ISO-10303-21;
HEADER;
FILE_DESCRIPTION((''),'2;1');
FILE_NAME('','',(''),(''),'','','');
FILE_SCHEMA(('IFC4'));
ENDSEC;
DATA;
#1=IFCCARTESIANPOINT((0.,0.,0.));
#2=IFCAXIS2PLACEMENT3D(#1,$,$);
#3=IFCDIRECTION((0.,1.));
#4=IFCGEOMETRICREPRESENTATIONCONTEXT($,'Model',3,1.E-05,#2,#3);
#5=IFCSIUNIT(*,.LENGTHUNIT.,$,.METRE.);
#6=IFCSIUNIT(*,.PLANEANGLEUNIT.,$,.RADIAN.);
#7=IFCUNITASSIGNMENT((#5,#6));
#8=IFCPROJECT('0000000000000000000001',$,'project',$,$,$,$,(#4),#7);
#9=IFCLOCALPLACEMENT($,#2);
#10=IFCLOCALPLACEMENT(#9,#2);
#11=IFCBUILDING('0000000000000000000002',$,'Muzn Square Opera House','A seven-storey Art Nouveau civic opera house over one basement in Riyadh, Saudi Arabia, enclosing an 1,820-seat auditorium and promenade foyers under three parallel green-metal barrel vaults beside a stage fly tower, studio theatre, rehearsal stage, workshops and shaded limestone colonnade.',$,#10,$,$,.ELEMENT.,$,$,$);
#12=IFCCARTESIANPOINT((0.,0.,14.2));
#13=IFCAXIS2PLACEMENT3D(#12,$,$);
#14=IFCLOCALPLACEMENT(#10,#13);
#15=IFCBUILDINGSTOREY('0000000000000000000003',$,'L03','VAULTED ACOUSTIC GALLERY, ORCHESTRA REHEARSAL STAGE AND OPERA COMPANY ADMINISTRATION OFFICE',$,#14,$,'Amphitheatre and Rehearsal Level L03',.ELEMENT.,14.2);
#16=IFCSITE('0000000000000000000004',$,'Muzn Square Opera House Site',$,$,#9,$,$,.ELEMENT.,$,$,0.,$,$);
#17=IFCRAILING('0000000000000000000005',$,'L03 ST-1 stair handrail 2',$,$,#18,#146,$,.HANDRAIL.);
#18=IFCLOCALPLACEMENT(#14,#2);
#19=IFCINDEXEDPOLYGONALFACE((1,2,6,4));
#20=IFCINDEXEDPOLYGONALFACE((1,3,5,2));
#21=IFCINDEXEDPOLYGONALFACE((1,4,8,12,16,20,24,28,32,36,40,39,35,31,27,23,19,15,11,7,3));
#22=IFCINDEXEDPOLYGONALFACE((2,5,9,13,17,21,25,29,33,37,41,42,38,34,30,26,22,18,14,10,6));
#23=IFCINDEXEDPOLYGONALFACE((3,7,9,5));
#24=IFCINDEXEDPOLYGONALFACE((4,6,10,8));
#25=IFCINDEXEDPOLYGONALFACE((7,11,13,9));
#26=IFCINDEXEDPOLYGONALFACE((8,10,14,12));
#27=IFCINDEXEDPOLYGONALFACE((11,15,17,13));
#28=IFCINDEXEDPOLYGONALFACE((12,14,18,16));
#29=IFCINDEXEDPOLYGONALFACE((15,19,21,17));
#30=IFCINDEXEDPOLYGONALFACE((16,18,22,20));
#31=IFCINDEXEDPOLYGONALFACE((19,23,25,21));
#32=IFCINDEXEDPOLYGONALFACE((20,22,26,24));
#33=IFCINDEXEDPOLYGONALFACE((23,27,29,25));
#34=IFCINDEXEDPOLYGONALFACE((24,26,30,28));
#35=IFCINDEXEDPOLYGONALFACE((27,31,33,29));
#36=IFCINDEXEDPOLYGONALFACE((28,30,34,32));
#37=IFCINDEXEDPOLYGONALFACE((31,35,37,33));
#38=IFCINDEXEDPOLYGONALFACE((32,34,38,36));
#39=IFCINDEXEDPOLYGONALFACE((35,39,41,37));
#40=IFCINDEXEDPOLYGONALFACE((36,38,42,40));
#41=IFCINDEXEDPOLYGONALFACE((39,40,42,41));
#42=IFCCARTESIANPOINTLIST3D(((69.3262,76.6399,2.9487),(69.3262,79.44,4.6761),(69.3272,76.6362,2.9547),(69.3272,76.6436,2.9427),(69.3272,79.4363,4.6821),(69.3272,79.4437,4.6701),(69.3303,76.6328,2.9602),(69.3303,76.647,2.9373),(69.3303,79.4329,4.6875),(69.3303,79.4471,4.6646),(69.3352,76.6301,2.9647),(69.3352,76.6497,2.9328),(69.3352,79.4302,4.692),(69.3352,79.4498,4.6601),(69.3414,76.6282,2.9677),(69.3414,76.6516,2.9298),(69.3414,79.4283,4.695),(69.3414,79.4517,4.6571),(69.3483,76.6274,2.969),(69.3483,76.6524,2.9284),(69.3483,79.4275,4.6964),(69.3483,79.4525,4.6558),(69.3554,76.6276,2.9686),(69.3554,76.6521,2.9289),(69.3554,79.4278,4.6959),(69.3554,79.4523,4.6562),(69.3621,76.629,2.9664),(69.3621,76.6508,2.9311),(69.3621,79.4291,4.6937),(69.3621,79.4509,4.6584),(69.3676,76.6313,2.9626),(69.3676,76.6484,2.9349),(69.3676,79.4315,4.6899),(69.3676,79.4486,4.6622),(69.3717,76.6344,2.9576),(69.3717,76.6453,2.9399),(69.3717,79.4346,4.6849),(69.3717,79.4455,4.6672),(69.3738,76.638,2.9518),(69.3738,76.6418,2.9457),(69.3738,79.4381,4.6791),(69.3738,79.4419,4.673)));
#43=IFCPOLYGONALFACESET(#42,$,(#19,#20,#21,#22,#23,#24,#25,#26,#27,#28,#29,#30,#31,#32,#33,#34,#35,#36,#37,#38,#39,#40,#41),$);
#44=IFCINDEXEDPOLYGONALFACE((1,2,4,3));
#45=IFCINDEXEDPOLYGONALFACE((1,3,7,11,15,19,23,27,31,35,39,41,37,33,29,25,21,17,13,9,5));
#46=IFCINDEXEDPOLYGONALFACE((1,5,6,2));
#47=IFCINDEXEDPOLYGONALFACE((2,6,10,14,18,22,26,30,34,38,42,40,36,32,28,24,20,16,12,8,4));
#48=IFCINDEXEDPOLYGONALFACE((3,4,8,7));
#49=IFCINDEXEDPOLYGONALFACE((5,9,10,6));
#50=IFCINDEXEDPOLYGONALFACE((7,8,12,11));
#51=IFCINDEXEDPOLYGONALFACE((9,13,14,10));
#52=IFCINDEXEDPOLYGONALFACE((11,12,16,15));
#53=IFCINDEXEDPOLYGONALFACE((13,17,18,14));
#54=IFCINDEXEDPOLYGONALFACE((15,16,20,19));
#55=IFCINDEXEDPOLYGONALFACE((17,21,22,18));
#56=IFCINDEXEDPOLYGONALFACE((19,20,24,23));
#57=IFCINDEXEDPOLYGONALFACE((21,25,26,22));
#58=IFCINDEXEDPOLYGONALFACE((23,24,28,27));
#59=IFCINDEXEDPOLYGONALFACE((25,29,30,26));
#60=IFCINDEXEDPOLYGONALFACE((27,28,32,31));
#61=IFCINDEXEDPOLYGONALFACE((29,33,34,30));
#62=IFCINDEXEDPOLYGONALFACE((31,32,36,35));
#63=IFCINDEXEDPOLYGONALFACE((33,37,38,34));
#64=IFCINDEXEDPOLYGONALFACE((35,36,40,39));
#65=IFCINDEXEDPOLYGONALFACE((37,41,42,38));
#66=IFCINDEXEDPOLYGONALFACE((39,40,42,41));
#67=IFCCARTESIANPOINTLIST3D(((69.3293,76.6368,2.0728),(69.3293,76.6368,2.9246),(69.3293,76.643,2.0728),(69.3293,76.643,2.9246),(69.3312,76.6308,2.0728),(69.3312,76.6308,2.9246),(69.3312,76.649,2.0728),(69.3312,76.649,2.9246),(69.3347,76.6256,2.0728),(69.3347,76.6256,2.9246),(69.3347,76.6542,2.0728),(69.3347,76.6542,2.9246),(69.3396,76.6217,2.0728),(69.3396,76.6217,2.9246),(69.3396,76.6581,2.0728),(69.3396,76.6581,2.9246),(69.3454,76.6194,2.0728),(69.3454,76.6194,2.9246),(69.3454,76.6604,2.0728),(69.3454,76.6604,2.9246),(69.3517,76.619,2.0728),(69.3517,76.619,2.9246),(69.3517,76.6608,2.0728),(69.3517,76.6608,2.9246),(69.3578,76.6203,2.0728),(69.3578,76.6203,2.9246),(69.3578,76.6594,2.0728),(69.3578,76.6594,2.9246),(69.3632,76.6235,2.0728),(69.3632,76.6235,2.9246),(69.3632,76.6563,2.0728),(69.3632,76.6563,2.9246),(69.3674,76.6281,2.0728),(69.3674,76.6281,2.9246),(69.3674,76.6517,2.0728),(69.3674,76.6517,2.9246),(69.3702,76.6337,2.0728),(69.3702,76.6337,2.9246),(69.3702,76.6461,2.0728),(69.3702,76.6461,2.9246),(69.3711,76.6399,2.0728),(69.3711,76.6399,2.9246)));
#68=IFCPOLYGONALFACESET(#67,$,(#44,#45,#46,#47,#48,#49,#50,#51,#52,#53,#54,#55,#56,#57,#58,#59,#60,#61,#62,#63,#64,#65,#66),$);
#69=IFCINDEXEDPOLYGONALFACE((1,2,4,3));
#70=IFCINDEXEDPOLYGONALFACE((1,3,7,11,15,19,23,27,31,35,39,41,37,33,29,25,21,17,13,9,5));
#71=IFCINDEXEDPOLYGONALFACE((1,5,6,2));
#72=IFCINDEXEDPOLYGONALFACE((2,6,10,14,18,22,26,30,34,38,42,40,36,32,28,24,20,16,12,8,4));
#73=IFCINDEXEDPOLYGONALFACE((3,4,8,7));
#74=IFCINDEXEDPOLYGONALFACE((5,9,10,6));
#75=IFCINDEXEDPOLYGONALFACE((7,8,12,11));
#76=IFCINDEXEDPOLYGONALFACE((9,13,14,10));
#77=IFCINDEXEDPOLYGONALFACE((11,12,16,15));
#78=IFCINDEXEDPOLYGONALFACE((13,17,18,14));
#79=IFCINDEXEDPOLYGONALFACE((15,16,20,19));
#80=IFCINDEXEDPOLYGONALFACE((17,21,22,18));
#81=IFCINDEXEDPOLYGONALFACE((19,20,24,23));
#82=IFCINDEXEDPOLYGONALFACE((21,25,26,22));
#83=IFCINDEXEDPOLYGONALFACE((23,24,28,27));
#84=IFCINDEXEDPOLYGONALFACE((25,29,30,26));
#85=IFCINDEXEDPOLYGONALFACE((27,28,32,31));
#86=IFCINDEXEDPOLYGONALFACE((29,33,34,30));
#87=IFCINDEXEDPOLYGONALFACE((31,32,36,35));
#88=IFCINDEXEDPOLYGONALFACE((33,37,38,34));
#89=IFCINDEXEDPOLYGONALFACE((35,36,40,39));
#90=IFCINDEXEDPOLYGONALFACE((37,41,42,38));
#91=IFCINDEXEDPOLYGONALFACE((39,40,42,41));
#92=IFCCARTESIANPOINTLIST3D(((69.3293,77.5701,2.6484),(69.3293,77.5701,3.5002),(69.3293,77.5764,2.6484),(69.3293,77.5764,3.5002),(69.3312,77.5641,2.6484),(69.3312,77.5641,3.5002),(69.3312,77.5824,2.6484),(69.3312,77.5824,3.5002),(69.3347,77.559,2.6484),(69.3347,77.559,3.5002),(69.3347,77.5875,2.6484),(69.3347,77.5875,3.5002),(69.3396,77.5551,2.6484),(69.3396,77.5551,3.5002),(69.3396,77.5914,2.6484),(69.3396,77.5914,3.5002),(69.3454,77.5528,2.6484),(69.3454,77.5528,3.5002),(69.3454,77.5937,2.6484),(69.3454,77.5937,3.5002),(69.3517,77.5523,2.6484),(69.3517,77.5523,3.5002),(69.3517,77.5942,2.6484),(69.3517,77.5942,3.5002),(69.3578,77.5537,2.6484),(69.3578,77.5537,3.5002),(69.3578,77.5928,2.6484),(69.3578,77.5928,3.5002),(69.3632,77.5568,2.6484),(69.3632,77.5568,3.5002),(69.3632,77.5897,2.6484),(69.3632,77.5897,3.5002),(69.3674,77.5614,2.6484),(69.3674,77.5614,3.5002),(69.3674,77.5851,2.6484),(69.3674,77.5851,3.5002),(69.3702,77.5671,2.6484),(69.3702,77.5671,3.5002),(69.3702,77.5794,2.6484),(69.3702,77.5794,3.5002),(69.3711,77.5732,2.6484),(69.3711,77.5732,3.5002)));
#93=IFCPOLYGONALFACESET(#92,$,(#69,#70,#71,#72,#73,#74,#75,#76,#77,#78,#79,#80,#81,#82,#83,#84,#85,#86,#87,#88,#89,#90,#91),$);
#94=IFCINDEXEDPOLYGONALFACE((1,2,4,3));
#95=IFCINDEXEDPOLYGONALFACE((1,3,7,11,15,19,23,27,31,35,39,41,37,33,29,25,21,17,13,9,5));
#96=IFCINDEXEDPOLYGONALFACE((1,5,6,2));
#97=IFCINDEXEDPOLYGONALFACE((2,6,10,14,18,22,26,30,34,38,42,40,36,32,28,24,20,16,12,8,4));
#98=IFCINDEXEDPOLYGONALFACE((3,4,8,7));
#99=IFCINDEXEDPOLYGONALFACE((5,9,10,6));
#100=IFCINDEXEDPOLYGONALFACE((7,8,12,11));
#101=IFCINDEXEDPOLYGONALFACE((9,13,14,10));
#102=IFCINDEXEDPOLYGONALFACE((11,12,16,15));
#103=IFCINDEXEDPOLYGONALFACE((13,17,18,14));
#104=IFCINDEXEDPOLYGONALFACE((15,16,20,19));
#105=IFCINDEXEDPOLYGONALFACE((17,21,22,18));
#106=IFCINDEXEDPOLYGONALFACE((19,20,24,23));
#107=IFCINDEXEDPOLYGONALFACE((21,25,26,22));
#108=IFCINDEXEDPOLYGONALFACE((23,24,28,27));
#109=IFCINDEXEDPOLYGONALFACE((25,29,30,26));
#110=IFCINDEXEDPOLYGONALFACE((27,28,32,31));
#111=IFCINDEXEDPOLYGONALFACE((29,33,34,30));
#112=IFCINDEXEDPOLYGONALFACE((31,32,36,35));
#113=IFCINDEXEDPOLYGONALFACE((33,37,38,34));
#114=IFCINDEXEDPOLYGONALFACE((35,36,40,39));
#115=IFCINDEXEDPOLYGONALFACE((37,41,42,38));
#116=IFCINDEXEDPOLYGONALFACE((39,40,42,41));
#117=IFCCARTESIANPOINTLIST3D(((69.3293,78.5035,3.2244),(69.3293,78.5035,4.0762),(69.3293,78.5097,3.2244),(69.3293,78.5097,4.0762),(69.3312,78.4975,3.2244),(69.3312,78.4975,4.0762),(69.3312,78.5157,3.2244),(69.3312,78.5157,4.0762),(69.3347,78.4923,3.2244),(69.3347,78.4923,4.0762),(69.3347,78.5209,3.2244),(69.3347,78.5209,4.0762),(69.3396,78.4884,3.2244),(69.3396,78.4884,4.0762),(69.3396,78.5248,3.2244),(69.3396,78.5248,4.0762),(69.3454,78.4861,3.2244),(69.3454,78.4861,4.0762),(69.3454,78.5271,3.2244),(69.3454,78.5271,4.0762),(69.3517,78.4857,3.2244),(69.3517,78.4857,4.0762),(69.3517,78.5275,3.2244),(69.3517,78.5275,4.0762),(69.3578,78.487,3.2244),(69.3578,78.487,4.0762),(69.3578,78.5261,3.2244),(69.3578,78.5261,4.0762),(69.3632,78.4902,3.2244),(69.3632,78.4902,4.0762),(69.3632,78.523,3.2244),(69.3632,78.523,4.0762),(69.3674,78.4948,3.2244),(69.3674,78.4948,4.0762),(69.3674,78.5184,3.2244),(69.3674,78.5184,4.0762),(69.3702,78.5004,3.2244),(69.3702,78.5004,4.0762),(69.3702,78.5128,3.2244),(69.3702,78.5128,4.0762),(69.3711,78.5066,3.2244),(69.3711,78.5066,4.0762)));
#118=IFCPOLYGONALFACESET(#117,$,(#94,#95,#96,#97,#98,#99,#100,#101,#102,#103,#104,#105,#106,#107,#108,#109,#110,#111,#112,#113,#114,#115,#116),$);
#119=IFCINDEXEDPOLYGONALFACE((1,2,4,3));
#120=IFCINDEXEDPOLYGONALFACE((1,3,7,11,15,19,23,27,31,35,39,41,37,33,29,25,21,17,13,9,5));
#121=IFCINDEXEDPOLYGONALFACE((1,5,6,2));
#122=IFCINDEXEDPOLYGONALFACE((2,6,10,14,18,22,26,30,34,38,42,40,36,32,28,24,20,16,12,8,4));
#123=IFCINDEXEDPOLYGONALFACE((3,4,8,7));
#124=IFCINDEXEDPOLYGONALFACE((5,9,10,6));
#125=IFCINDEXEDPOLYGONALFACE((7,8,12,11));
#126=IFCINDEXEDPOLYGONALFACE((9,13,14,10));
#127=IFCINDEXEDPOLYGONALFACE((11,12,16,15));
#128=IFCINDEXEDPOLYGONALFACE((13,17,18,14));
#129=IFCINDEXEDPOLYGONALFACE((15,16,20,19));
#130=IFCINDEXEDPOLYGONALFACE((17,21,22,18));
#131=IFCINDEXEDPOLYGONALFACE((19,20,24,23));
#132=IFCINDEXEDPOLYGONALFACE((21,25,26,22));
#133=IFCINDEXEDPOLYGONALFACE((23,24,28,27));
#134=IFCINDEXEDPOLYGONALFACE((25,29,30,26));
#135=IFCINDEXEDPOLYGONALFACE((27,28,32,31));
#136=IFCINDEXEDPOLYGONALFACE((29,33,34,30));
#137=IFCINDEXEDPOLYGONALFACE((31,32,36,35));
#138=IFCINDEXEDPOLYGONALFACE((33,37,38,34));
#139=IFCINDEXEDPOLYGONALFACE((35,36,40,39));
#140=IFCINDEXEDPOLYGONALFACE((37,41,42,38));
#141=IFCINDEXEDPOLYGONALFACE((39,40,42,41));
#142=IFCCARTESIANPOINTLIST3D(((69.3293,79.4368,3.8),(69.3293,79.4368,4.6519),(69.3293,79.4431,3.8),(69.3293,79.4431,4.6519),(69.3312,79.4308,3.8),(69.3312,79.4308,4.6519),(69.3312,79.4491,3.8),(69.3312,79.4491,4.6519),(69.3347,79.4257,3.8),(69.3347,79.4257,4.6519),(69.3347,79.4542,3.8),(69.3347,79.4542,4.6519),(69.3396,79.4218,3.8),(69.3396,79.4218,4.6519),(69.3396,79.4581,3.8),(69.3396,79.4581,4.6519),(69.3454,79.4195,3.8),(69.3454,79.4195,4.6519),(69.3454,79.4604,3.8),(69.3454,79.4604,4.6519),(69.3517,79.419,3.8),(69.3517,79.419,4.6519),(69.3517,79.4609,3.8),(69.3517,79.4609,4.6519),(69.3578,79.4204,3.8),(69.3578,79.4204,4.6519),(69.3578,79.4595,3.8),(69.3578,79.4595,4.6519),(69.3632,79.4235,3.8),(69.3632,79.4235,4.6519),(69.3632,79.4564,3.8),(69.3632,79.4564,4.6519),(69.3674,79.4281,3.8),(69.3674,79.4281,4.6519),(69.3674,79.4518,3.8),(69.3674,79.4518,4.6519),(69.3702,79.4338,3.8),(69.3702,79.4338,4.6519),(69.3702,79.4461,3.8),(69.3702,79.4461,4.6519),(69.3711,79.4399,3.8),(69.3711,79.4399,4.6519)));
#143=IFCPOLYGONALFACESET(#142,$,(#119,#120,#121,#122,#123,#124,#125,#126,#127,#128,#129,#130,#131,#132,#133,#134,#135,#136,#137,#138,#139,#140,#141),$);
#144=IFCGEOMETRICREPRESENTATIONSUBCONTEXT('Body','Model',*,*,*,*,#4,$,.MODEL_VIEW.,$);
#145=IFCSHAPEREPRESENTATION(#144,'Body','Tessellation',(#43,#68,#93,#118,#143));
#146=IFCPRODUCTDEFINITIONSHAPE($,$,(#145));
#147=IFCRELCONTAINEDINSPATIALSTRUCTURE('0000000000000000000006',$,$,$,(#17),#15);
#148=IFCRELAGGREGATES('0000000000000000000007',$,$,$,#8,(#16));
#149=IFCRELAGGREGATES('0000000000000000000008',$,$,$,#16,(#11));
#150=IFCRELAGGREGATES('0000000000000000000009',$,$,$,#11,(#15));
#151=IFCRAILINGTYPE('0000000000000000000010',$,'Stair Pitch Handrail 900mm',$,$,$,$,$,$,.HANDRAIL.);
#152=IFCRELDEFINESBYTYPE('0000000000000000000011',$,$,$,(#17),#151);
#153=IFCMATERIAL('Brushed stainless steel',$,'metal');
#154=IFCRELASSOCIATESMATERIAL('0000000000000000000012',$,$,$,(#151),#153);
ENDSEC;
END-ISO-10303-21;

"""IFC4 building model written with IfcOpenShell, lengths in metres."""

from ifc_helpers import new_model, si_unit, direction, frame, origin, origin_2d, place, context, subcontext, project, spatial, circle, extrude, material, type_object, element, save


model = new_model("IFC4")

# Units and contexts
model_context = context("Model", 3, precision=1e-05, world=origin(), true_north=direction((0.0, 1.0)))
body_context = subcontext(model_context, "Body", "Model", "MODEL_VIEW")
ifc_project = project(units=[si_unit("LENGTHUNIT", "METRE"), si_unit("PLANEANGLEUNIT", "RADIAN")], contexts=[model_context])

# Site, building, storey
site_placement = place(None, origin())
site = spatial("IfcSite", under=ifc_project, at=site_placement, Name="Muzn Square Opera House Site", CompositionType="ELEMENT", RefElevation=0.0)
building_placement = place(site_placement, origin())
building = spatial("IfcBuilding", under=site, at=building_placement, Name="Muzn Square Opera House", Description="A seven-storey Art Nouveau civic opera house over one basement in Riyadh, Saudi Arabia, enclosing an 1,820-seat auditorium and promenade foyers under three parallel green-metal barrel vaults beside a stage fly tower, studio theatre, rehearsal stage, workshops and shaded limestone colonnade.", CompositionType="ELEMENT")
storey_placement = place(building_placement, frame((0.0, 0.0, 14.2)))
storey = spatial("IfcBuildingStorey", under=building, at=storey_placement, Name="L03", Description="VAULTED ACOUSTIC GALLERY, ORCHESTRA REHEARSAL STAGE AND OPERA COMPANY ADMINISTRATION OFFICE", LongName="Amphitheatre and Rehearsal Level L03", CompositionType="ELEMENT", Elevation=14.2)

# Shared definitions
ifc_material_1 = material(Name="Brushed stainless steel", Category="metal")

# Railing
railing_type_1 = type_object("IfcRailingType", Name="Stair Pitch Handrail 900mm", PredefinedType="HANDRAIL", material=ifc_material_1)
railing_1_placement = place(storey_placement, frame((69.3501, 76.6399, 2.0728)))
element("IfcRailing", 1, at=railing_1_placement, inside=storey, type_object=railing_type_1, Name="L03 ST-1 stair handrail 2", PredefinedType="HANDRAIL", context=body_context, shape_type="SweptSolid", body=[
    extrude(circle(Radius=0.0239, at=origin_2d()), frame((0.0, 0.0, 0.876), z_axis=(0.0, 0.85109, 0.52502), x_axis=(-1.0, 0.0, 0.0)), (0.0, 0.0, 1.0), 3.29),
    extrude(circle(Radius=0.021, at=origin_2d()), origin(), (0.0, 0.0, 1.0), 0.8518),
    extrude(circle(Radius=0.021, at=origin_2d()), frame((0.0, 0.9333, 0.5757)), (0.0, 0.0, 1.0), 0.8518),
    extrude(circle(Radius=0.021, at=origin_2d()), frame((0.0, 1.8667, 1.1516)), (0.0, 0.0, 1.0), 0.8518),
    extrude(circle(Radius=0.021, at=origin_2d()), frame((0.0, 2.8, 1.7273)), (0.0, 0.0, 1.0), 0.8518),
])

save(model, "model.ifc")
